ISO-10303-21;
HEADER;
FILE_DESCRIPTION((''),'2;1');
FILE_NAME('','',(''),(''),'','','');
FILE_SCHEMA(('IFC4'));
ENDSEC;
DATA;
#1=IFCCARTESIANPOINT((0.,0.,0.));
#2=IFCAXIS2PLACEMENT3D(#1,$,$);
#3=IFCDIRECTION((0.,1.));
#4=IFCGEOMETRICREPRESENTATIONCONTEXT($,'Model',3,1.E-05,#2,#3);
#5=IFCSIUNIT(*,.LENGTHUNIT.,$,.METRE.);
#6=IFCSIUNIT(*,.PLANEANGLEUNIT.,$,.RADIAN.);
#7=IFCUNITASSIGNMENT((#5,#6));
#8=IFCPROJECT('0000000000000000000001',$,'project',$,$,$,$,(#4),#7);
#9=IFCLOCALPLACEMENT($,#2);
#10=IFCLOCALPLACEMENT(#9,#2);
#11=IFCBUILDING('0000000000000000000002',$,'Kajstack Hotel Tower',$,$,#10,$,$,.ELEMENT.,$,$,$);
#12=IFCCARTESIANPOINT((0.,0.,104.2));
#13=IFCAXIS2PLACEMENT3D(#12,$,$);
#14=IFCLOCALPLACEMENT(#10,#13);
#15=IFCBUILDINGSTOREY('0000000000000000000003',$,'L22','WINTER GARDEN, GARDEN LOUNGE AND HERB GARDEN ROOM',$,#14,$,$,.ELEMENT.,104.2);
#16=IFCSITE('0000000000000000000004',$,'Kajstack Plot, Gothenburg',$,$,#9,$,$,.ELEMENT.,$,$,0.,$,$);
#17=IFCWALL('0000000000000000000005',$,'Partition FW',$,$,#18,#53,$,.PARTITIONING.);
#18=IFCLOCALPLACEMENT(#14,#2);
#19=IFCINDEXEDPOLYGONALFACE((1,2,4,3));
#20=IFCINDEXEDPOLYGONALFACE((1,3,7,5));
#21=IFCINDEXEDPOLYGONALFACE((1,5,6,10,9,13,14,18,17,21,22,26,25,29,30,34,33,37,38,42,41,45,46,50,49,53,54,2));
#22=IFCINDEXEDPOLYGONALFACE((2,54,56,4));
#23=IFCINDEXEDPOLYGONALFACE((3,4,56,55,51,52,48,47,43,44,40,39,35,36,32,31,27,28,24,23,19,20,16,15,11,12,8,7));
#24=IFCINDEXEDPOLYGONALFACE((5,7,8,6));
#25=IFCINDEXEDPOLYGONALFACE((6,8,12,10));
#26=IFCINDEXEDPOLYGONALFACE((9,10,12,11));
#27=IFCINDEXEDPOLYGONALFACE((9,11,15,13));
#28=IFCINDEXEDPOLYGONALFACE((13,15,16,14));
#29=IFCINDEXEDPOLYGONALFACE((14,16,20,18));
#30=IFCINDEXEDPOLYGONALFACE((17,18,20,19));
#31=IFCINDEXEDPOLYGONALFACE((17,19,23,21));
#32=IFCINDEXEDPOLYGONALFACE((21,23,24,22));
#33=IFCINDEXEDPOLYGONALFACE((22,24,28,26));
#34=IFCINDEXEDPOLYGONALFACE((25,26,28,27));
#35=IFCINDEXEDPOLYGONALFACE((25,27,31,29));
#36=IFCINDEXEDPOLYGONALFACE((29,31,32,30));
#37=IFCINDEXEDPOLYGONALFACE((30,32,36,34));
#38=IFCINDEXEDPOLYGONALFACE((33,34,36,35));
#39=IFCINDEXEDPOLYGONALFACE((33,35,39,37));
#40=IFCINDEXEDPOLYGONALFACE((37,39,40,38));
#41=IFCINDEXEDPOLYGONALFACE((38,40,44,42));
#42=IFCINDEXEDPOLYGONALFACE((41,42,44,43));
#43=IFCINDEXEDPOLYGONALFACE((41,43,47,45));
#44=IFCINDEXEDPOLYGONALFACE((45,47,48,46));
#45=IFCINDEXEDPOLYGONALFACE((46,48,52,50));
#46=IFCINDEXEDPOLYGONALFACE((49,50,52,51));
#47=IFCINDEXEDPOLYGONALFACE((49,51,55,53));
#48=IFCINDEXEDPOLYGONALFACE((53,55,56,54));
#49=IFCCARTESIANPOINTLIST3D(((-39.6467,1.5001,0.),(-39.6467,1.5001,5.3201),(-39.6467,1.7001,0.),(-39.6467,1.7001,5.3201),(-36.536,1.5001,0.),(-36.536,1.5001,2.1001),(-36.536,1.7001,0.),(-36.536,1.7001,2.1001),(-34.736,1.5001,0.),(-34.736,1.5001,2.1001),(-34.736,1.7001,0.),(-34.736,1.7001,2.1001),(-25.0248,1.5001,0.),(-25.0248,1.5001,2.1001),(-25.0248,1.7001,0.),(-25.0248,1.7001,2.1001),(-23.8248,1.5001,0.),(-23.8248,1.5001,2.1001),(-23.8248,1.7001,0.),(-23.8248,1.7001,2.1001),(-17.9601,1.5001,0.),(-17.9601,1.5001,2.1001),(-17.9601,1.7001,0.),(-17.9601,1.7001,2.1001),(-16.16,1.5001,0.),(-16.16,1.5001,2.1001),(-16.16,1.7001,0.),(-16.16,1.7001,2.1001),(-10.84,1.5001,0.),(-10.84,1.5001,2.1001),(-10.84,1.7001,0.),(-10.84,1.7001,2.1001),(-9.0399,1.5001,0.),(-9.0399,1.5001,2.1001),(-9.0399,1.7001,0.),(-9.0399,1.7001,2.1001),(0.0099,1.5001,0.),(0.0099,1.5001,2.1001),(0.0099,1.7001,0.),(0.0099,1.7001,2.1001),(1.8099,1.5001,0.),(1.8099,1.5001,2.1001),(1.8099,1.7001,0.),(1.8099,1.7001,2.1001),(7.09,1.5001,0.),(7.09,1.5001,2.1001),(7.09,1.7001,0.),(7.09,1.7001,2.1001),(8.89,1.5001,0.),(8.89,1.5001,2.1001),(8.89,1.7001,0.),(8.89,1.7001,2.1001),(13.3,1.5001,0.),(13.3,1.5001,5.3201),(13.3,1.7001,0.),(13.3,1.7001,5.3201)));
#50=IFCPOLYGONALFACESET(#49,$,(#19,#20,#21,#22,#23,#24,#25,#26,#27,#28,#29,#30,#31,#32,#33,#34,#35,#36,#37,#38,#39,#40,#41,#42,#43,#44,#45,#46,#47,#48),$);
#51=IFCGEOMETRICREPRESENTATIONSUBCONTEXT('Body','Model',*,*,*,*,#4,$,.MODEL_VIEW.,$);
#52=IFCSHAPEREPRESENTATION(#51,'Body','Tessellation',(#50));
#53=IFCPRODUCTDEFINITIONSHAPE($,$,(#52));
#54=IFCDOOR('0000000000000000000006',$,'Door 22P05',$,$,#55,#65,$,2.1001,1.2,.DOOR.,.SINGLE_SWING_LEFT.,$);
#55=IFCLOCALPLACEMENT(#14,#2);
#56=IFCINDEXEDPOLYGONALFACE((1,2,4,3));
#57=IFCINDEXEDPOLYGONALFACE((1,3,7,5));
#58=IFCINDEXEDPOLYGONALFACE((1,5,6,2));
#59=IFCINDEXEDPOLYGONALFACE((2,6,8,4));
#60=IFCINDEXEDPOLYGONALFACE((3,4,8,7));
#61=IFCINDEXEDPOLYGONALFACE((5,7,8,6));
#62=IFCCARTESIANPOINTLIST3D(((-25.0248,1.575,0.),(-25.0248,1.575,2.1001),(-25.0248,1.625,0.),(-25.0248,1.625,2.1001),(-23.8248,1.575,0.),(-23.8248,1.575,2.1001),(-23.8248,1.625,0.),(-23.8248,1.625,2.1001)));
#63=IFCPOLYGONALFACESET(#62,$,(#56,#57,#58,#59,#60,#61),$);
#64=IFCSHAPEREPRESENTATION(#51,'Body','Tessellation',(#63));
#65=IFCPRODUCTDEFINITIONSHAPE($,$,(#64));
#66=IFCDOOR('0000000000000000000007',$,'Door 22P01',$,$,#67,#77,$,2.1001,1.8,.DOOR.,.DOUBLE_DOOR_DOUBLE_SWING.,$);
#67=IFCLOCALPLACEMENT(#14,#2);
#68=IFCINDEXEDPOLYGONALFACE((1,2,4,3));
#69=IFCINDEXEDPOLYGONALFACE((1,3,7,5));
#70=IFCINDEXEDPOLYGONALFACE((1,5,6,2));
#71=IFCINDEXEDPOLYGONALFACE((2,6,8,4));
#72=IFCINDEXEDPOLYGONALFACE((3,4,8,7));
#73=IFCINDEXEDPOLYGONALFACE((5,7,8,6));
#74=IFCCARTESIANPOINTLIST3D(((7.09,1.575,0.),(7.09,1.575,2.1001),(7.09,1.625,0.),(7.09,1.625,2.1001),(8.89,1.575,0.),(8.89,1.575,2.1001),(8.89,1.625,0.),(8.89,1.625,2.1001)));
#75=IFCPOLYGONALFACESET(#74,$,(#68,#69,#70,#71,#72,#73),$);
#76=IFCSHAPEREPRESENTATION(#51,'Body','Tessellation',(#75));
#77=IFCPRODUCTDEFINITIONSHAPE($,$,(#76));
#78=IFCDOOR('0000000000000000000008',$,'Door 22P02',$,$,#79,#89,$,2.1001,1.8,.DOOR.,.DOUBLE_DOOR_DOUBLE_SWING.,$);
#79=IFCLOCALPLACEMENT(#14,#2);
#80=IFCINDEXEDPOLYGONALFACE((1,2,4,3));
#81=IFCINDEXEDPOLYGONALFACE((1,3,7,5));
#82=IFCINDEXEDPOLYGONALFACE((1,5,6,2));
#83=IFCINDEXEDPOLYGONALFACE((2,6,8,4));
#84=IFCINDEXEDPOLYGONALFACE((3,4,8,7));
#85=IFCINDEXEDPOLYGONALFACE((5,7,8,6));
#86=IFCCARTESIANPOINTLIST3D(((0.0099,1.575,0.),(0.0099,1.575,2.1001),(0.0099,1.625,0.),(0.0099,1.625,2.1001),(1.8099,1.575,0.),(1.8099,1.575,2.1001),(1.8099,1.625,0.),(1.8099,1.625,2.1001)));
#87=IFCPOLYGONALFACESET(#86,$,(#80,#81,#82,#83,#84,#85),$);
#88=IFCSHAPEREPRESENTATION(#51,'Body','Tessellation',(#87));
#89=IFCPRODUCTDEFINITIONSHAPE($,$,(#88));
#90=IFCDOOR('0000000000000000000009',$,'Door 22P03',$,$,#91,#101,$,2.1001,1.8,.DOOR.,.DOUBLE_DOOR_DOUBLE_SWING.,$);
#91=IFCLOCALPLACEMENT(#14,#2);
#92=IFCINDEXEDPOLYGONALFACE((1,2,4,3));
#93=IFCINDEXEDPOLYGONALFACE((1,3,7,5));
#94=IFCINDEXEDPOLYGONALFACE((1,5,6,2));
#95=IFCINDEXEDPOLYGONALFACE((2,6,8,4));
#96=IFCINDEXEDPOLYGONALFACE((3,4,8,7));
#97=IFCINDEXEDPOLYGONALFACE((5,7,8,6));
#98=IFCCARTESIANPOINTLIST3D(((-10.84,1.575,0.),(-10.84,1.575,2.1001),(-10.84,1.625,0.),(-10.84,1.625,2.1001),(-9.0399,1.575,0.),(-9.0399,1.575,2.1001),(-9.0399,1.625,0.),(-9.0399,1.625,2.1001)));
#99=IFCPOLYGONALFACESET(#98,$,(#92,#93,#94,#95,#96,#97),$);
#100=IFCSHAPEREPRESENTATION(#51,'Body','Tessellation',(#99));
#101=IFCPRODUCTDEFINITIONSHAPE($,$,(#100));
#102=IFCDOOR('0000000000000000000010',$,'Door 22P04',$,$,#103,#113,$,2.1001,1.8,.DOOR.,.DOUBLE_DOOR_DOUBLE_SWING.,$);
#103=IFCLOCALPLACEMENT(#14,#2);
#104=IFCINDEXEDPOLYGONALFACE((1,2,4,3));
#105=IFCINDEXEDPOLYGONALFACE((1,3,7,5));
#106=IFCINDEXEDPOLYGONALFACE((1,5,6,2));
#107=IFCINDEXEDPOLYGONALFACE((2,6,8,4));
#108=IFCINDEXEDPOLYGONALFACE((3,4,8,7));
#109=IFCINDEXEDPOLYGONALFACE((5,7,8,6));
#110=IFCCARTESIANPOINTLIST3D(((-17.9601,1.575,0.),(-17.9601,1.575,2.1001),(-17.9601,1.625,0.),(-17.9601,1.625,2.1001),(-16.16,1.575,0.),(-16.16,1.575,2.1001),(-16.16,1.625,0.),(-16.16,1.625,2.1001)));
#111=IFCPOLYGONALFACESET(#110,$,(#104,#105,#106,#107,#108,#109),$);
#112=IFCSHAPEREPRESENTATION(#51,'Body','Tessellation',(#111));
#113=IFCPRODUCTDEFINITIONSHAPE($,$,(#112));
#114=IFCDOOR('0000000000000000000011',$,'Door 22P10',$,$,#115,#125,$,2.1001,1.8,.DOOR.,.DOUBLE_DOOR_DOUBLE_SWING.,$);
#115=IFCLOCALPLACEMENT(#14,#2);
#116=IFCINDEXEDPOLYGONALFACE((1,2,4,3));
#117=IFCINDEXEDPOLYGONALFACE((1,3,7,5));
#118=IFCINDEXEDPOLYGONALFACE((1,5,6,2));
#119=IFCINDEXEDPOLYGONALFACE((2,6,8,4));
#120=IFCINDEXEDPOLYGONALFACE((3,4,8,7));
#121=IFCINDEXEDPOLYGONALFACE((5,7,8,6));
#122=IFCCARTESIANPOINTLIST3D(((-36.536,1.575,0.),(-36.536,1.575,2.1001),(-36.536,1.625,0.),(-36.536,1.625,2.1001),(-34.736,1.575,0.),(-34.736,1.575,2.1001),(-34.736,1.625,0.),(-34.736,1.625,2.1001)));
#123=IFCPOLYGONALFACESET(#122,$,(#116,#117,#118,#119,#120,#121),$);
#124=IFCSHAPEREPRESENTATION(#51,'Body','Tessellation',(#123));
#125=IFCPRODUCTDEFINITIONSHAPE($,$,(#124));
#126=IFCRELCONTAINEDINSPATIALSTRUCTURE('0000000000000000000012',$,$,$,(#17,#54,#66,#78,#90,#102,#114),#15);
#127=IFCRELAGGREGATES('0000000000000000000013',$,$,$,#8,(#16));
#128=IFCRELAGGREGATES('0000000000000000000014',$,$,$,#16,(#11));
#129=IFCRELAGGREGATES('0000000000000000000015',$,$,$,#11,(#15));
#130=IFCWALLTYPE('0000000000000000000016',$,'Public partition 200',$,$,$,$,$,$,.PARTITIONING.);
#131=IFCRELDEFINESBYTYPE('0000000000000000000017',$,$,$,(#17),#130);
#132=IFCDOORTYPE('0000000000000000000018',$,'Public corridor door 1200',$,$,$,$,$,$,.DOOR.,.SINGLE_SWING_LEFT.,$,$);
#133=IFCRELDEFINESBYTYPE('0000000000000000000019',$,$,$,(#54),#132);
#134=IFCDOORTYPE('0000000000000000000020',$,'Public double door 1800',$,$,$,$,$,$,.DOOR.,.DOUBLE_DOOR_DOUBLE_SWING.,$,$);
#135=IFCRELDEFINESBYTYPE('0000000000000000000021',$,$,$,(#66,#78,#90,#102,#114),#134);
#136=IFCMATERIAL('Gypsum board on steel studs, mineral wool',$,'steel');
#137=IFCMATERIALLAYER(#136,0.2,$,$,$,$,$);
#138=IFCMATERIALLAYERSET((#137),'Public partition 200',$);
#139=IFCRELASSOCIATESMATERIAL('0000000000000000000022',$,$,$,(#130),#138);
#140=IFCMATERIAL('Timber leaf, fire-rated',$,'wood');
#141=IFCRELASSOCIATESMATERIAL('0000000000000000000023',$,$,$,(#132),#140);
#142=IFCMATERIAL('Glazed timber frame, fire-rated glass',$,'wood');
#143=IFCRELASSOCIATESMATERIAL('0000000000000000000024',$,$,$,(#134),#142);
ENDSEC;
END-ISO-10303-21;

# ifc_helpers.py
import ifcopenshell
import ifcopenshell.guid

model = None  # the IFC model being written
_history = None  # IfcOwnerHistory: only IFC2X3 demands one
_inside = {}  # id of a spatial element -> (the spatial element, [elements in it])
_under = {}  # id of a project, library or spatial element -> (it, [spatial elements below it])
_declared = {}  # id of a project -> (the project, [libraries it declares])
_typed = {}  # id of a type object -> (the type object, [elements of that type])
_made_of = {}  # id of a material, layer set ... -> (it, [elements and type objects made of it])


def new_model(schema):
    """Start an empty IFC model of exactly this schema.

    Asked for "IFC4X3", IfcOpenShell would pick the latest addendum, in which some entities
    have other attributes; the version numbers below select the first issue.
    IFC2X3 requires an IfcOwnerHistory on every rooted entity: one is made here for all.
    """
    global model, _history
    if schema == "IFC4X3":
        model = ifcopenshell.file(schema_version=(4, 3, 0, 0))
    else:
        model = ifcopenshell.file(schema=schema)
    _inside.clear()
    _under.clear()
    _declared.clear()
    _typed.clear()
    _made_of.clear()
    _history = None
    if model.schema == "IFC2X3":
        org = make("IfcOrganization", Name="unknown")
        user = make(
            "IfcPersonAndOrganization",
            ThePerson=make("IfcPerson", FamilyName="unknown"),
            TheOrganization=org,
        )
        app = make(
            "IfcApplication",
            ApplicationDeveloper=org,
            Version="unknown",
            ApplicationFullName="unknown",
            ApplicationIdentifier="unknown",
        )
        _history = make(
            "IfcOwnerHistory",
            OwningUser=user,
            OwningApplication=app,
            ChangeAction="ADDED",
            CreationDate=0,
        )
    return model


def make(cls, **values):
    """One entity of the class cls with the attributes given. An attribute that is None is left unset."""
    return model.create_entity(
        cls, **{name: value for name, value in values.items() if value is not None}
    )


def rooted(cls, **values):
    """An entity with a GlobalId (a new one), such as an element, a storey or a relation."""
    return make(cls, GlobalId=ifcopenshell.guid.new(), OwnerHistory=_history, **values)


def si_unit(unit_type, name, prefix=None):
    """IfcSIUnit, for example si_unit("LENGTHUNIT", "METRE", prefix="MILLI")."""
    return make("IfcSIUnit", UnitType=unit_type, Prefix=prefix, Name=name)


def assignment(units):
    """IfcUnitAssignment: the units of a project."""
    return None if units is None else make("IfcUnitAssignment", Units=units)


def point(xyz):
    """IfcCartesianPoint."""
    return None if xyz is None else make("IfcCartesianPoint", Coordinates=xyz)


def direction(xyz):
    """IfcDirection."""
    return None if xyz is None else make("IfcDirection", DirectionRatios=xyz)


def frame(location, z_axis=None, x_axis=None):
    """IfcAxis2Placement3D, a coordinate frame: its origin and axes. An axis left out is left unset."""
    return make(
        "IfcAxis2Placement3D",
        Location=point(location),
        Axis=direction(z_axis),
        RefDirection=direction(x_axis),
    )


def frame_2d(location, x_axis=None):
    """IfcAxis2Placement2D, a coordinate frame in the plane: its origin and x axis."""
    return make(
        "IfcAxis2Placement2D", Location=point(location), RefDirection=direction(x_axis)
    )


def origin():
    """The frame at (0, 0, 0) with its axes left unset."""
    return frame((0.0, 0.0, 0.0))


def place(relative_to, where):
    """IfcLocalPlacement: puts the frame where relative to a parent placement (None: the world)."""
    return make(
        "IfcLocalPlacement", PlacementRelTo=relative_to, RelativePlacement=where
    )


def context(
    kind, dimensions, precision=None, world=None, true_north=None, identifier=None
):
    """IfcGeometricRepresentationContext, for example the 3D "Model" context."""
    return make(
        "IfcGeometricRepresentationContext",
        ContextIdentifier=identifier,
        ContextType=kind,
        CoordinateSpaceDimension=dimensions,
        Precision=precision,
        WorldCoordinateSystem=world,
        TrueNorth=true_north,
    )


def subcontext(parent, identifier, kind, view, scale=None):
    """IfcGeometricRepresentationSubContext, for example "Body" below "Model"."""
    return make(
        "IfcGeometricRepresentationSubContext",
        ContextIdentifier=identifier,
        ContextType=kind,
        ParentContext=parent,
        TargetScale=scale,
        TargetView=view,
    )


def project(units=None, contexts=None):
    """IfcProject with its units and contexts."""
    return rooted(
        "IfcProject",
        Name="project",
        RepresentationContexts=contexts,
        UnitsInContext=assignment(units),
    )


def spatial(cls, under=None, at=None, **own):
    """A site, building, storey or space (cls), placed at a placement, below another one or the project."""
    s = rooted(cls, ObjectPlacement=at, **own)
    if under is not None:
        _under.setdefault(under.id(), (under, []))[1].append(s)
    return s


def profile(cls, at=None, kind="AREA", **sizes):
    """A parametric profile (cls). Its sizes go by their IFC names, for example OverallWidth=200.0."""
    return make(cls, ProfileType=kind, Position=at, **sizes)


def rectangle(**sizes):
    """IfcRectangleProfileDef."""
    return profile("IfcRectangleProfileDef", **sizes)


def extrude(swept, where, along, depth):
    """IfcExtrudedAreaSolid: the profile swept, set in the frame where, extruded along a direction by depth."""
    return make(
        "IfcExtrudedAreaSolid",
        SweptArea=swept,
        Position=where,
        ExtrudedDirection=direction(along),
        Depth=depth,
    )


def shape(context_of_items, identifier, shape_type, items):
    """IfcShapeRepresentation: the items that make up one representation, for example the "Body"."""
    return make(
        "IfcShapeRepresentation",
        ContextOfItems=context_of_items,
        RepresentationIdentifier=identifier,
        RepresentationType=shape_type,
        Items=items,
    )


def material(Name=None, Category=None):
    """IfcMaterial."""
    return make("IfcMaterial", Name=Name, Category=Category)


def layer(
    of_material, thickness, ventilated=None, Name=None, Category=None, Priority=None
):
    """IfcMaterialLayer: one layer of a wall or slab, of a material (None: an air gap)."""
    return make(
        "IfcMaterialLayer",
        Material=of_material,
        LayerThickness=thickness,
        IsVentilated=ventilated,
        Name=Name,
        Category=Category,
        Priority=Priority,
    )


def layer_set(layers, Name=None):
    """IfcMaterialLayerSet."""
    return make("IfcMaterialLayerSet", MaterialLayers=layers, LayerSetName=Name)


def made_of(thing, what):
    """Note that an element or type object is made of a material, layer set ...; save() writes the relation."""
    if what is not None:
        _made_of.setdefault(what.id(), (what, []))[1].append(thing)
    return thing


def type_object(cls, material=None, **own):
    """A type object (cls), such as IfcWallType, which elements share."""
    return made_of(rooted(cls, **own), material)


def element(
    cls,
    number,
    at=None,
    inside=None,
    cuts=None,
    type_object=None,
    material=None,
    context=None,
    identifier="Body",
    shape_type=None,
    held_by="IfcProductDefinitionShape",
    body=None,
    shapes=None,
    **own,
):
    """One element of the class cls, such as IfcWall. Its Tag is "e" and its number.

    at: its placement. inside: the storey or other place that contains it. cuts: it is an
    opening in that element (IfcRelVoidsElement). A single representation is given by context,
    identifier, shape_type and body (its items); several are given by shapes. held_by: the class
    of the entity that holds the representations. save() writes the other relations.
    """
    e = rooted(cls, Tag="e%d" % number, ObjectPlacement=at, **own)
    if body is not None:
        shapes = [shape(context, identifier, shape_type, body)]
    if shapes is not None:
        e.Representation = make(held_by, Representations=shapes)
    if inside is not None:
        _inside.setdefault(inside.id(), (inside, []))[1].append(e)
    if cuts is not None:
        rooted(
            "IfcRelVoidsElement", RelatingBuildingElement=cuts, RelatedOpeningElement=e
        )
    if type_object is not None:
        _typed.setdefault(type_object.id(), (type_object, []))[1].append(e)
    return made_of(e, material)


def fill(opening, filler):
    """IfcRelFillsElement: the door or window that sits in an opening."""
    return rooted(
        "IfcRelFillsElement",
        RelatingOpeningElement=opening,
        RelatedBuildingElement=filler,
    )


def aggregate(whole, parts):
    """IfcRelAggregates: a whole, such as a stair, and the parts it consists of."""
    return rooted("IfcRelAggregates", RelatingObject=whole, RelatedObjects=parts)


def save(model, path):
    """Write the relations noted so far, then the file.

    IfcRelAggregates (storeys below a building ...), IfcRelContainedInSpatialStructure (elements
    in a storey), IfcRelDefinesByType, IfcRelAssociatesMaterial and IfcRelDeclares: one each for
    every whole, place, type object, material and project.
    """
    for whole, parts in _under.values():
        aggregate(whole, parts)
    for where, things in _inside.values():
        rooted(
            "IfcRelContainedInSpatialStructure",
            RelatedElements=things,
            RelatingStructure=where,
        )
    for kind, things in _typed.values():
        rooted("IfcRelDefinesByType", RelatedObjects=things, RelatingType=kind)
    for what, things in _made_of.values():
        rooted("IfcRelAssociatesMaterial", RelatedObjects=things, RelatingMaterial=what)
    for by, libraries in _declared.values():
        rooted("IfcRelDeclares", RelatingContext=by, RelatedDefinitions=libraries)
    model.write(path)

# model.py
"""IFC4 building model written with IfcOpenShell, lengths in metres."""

from ifc_helpers import new_model, si_unit, direction, frame, frame_2d, origin, place, context, subcontext, project, spatial, rectangle, extrude, material, layer, layer_set, type_object, element, fill, save


model = new_model("IFC4")

# Units and contexts
model_context = context("Model", 3, precision=1e-05, world=origin(), true_north=direction((0.0, 1.0)))
body_context = subcontext(model_context, "Body", "Model", "MODEL_VIEW")
ifc_project = project(units=[si_unit("LENGTHUNIT", "METRE"), si_unit("PLANEANGLEUNIT", "RADIAN")], contexts=[model_context])

# Site, building, storey
site_placement = place(None, origin())
site = spatial("IfcSite", under=ifc_project, at=site_placement, Name="Kajstack Plot, Gothenburg", CompositionType="ELEMENT", RefElevation=0.0)
building_placement = place(site_placement, origin())
building = spatial("IfcBuilding", under=site, at=building_placement, Name="Kajstack Hotel Tower", CompositionType="ELEMENT")
storey_placement = place(building_placement, frame((0.0, 0.0, 104.2)))
storey = spatial("IfcBuildingStorey", under=building, at=storey_placement, Name="L22", Description="WINTER GARDEN, GARDEN LOUNGE AND HERB GARDEN ROOM", CompositionType="ELEMENT", Elevation=104.2)

# Shared definitions
ifc_material_1 = material(Name="Gypsum board on steel studs, mineral wool", Category="steel")
ifc_layer_1 = layer(ifc_material_1, 0.2)
ifc_layer_set_1 = layer_set([ifc_layer_1], Name="Public partition 200")
wall_type = type_object("IfcWallType", Name="Public partition 200", PredefinedType="PARTITIONING", material=ifc_layer_set_1)

# Wall, openings, doors
wall_1_placement = place(storey_placement, frame((-39.6467, 1.6001, 0.0), z_axis=(0.0, 0.0, 1.0), x_axis=(1.0, 0.0, 0.0)))
wall_1 = element("IfcWall", 1, at=wall_1_placement, inside=storey, type_object=wall_type, Name="Partition FW", PredefinedType="PARTITIONING", context=body_context, shape_type="SweptSolid", body=[
    extrude(rectangle(XDim=52.9468, YDim=0.2, at=frame_2d((26.4734, 0.0))), origin(), (0.0, 0.0, 1.0), 5.3201),
])
opening_1_placement = place(wall_1_placement, frame((46.7368, 0.0, 0.0)))
opening_1 = element("IfcOpeningElement", 2, at=opening_1_placement, cuts=wall_1, PredefinedType="OPENING", context=body_context, shape_type="SweptSolid", body=[
    extrude(rectangle(XDim=1.8, YDim=2.1001, at=frame_2d((0.8999, 1.05))), frame((0.0, 0.1099, 0.0), z_axis=(0.0, -1.0, 0.0), x_axis=(1.0, 0.0, 0.0)), (0.0, 0.0, 1.0), 0.22),
])
opening_2_placement = place(wall_1_placement, frame((39.6567, 0.0, 0.0)))
opening_2 = element("IfcOpeningElement", 3, at=opening_2_placement, cuts=wall_1, PredefinedType="OPENING", context=body_context, shape_type="SweptSolid", body=[
    extrude(rectangle(XDim=1.8, YDim=2.1001, at=frame_2d((0.8999, 1.05))), frame((0.0, 0.1099, 0.0), z_axis=(0.0, -1.0, 0.0), x_axis=(1.0, 0.0, 0.0)), (0.0, 0.0, 1.0), 0.22),
])
opening_3_placement = place(wall_1_placement, frame((28.8069, 0.0, 0.0)))
opening_3 = element("IfcOpeningElement", 4, at=opening_3_placement, cuts=wall_1, PredefinedType="OPENING", context=body_context, shape_type="SweptSolid", body=[
    extrude(rectangle(XDim=1.8, YDim=2.1001, at=frame_2d((0.8999, 1.05))), frame((0.0, 0.1099, 0.0), z_axis=(0.0, -1.0, 0.0), x_axis=(1.0, 0.0, 0.0)), (0.0, 0.0, 1.0), 0.22),
])
opening_4_placement = place(wall_1_placement, frame((21.6868, 0.0, 0.0)))
opening_4 = element("IfcOpeningElement", 5, at=opening_4_placement, cuts=wall_1, PredefinedType="OPENING", context=body_context, shape_type="SweptSolid", body=[
    extrude(rectangle(XDim=1.8, YDim=2.1001, at=frame_2d((0.8999, 1.05))), frame((0.0, 0.1099, 0.0), z_axis=(0.0, -1.0, 0.0), x_axis=(1.0, 0.0, 0.0)), (0.0, 0.0, 1.0), 0.22),
])
opening_5_placement = place(wall_1_placement, frame((14.6218, 0.0, 0.0)))
opening_5 = element("IfcOpeningElement", 6, at=opening_5_placement, cuts=wall_1, PredefinedType="OPENING", context=body_context, shape_type="SweptSolid", body=[
    extrude(rectangle(XDim=1.2, YDim=2.1001, at=frame_2d((0.6001, 1.05))), frame((0.0, 0.1099, 0.0), z_axis=(0.0, -1.0, 0.0), x_axis=(1.0, 0.0, 0.0)), (0.0, 0.0, 1.0), 0.22),
])
opening_6_placement = place(wall_1_placement, frame((3.1108, 0.0, 0.0)))
opening_6 = element("IfcOpeningElement", 7, at=opening_6_placement, cuts=wall_1, PredefinedType="OPENING", context=body_context, shape_type="SweptSolid", body=[
    extrude(rectangle(XDim=1.8, YDim=2.1001, at=frame_2d((0.8999, 1.05))), frame((0.0, 0.1099, 0.0), z_axis=(0.0, -1.0, 0.0), x_axis=(1.0, 0.0, 0.0)), (0.0, 0.0, 1.0), 0.22),
])
ifc_material_2 = material(Name="Timber leaf, fire-rated", Category="wood")
door_type_1 = type_object("IfcDoorType", Name="Public corridor door 1200", OperationType="SINGLE_SWING_LEFT", PredefinedType="DOOR", material=ifc_material_2)
door_1_placement = place(opening_5_placement, origin())
door_1 = element("IfcDoor", 8, at=door_1_placement, inside=storey, type_object=door_type_1, Name="Door 22P05", OperationType="SINGLE_SWING_LEFT", OverallHeight=2.1001, OverallWidth=1.2, PredefinedType="DOOR", context=body_context, shape_type="SweptSolid", body=[
    extrude(rectangle(XDim=1.2, YDim=2.1001, at=frame_2d((0.6001, 1.05))), frame((0.0, 0.0249, 0.0), z_axis=(0.0, -1.0, 0.0), x_axis=(1.0, 0.0, 0.0)), (0.0, 0.0, 1.0), 0.05),
])
fill(opening_5, door_1)
ifc_material_3 = material(Name="Glazed timber frame, fire-rated glass", Category="wood")
door_type_2 = type_object("IfcDoorType", Name="Public double door 1800", OperationType="DOUBLE_DOOR_DOUBLE_SWING", PredefinedType="DOOR", material=ifc_material_3)
door_2_placement = place(opening_1_placement, origin())
door_2 = element("IfcDoor", 9, at=door_2_placement, inside=storey, type_object=door_type_2, Name="Door 22P01", OperationType="DOUBLE_DOOR_DOUBLE_SWING", OverallHeight=2.1001, OverallWidth=1.8, PredefinedType="DOOR", context=body_context, shape_type="SweptSolid", body=[
    extrude(rectangle(XDim=1.8, YDim=2.1001, at=frame_2d((0.8999, 1.05))), frame((0.0, 0.0249, 0.0), z_axis=(0.0, -1.0, 0.0), x_axis=(1.0, 0.0, 0.0)), (0.0, 0.0, 1.0), 0.05),
])
fill(opening_1, door_2)
door_3_placement = place(opening_2_placement, origin())
door_3 = element("IfcDoor", 10, at=door_3_placement, inside=storey, type_object=door_type_2, Name="Door 22P02", OperationType="DOUBLE_DOOR_DOUBLE_SWING", OverallHeight=2.1001, OverallWidth=1.8, PredefinedType="DOOR", context=body_context, shape_type="SweptSolid", body=[
    extrude(rectangle(XDim=1.8, YDim=2.1001, at=frame_2d((0.8999, 1.05))), frame((0.0, 0.0249, 0.0), z_axis=(0.0, -1.0, 0.0), x_axis=(1.0, 0.0, 0.0)), (0.0, 0.0, 1.0), 0.05),
])
fill(opening_2, door_3)
door_4_placement = place(opening_3_placement, origin())
door_4 = element("IfcDoor", 11, at=door_4_placement, inside=storey, type_object=door_type_2, Name="Door 22P03", OperationType="DOUBLE_DOOR_DOUBLE_SWING", OverallHeight=2.1001, OverallWidth=1.8, PredefinedType="DOOR", context=body_context, shape_type="SweptSolid", body=[
    extrude(rectangle(XDim=1.8, YDim=2.1001, at=frame_2d((0.8999, 1.05))), frame((0.0, 0.0249, 0.0), z_axis=(0.0, -1.0, 0.0), x_axis=(1.0, 0.0, 0.0)), (0.0, 0.0, 1.0), 0.05),
])
fill(opening_3, door_4)
door_5_placement = place(opening_4_placement, origin())
door_5 = element("IfcDoor", 12, at=door_5_placement, inside=storey, type_object=door_type_2, Name="Door 22P04", OperationType="DOUBLE_DOOR_DOUBLE_SWING", OverallHeight=2.1001, OverallWidth=1.8, PredefinedType="DOOR", context=body_context, shape_type="SweptSolid", body=[
    extrude(rectangle(XDim=1.8, YDim=2.1001, at=frame_2d((0.8999, 1.05))), frame((0.0, 0.0249, 0.0), z_axis=(0.0, -1.0, 0.0), x_axis=(1.0, 0.0, 0.0)), (0.0, 0.0, 1.0), 0.05),
])
fill(opening_4, door_5)
door_6_placement = place(opening_6_placement, origin())
door_6 = element("IfcDoor", 13, at=door_6_placement, inside=storey, type_object=door_type_2, Name="Door 22P10", OperationType="DOUBLE_DOOR_DOUBLE_SWING", OverallHeight=2.1001, OverallWidth=1.8, PredefinedType="DOOR", context=body_context, shape_type="SweptSolid", body=[
    extrude(rectangle(XDim=1.8, YDim=2.1001, at=frame_2d((0.8999, 1.05))), frame((0.0, 0.0249, 0.0), z_axis=(0.0, -1.0, 0.0), x_axis=(1.0, 0.0, 0.0)), (0.0, 0.0, 1.0), 0.05),
])
fill(opening_6, door_6)

save(model, "model.ifc")
